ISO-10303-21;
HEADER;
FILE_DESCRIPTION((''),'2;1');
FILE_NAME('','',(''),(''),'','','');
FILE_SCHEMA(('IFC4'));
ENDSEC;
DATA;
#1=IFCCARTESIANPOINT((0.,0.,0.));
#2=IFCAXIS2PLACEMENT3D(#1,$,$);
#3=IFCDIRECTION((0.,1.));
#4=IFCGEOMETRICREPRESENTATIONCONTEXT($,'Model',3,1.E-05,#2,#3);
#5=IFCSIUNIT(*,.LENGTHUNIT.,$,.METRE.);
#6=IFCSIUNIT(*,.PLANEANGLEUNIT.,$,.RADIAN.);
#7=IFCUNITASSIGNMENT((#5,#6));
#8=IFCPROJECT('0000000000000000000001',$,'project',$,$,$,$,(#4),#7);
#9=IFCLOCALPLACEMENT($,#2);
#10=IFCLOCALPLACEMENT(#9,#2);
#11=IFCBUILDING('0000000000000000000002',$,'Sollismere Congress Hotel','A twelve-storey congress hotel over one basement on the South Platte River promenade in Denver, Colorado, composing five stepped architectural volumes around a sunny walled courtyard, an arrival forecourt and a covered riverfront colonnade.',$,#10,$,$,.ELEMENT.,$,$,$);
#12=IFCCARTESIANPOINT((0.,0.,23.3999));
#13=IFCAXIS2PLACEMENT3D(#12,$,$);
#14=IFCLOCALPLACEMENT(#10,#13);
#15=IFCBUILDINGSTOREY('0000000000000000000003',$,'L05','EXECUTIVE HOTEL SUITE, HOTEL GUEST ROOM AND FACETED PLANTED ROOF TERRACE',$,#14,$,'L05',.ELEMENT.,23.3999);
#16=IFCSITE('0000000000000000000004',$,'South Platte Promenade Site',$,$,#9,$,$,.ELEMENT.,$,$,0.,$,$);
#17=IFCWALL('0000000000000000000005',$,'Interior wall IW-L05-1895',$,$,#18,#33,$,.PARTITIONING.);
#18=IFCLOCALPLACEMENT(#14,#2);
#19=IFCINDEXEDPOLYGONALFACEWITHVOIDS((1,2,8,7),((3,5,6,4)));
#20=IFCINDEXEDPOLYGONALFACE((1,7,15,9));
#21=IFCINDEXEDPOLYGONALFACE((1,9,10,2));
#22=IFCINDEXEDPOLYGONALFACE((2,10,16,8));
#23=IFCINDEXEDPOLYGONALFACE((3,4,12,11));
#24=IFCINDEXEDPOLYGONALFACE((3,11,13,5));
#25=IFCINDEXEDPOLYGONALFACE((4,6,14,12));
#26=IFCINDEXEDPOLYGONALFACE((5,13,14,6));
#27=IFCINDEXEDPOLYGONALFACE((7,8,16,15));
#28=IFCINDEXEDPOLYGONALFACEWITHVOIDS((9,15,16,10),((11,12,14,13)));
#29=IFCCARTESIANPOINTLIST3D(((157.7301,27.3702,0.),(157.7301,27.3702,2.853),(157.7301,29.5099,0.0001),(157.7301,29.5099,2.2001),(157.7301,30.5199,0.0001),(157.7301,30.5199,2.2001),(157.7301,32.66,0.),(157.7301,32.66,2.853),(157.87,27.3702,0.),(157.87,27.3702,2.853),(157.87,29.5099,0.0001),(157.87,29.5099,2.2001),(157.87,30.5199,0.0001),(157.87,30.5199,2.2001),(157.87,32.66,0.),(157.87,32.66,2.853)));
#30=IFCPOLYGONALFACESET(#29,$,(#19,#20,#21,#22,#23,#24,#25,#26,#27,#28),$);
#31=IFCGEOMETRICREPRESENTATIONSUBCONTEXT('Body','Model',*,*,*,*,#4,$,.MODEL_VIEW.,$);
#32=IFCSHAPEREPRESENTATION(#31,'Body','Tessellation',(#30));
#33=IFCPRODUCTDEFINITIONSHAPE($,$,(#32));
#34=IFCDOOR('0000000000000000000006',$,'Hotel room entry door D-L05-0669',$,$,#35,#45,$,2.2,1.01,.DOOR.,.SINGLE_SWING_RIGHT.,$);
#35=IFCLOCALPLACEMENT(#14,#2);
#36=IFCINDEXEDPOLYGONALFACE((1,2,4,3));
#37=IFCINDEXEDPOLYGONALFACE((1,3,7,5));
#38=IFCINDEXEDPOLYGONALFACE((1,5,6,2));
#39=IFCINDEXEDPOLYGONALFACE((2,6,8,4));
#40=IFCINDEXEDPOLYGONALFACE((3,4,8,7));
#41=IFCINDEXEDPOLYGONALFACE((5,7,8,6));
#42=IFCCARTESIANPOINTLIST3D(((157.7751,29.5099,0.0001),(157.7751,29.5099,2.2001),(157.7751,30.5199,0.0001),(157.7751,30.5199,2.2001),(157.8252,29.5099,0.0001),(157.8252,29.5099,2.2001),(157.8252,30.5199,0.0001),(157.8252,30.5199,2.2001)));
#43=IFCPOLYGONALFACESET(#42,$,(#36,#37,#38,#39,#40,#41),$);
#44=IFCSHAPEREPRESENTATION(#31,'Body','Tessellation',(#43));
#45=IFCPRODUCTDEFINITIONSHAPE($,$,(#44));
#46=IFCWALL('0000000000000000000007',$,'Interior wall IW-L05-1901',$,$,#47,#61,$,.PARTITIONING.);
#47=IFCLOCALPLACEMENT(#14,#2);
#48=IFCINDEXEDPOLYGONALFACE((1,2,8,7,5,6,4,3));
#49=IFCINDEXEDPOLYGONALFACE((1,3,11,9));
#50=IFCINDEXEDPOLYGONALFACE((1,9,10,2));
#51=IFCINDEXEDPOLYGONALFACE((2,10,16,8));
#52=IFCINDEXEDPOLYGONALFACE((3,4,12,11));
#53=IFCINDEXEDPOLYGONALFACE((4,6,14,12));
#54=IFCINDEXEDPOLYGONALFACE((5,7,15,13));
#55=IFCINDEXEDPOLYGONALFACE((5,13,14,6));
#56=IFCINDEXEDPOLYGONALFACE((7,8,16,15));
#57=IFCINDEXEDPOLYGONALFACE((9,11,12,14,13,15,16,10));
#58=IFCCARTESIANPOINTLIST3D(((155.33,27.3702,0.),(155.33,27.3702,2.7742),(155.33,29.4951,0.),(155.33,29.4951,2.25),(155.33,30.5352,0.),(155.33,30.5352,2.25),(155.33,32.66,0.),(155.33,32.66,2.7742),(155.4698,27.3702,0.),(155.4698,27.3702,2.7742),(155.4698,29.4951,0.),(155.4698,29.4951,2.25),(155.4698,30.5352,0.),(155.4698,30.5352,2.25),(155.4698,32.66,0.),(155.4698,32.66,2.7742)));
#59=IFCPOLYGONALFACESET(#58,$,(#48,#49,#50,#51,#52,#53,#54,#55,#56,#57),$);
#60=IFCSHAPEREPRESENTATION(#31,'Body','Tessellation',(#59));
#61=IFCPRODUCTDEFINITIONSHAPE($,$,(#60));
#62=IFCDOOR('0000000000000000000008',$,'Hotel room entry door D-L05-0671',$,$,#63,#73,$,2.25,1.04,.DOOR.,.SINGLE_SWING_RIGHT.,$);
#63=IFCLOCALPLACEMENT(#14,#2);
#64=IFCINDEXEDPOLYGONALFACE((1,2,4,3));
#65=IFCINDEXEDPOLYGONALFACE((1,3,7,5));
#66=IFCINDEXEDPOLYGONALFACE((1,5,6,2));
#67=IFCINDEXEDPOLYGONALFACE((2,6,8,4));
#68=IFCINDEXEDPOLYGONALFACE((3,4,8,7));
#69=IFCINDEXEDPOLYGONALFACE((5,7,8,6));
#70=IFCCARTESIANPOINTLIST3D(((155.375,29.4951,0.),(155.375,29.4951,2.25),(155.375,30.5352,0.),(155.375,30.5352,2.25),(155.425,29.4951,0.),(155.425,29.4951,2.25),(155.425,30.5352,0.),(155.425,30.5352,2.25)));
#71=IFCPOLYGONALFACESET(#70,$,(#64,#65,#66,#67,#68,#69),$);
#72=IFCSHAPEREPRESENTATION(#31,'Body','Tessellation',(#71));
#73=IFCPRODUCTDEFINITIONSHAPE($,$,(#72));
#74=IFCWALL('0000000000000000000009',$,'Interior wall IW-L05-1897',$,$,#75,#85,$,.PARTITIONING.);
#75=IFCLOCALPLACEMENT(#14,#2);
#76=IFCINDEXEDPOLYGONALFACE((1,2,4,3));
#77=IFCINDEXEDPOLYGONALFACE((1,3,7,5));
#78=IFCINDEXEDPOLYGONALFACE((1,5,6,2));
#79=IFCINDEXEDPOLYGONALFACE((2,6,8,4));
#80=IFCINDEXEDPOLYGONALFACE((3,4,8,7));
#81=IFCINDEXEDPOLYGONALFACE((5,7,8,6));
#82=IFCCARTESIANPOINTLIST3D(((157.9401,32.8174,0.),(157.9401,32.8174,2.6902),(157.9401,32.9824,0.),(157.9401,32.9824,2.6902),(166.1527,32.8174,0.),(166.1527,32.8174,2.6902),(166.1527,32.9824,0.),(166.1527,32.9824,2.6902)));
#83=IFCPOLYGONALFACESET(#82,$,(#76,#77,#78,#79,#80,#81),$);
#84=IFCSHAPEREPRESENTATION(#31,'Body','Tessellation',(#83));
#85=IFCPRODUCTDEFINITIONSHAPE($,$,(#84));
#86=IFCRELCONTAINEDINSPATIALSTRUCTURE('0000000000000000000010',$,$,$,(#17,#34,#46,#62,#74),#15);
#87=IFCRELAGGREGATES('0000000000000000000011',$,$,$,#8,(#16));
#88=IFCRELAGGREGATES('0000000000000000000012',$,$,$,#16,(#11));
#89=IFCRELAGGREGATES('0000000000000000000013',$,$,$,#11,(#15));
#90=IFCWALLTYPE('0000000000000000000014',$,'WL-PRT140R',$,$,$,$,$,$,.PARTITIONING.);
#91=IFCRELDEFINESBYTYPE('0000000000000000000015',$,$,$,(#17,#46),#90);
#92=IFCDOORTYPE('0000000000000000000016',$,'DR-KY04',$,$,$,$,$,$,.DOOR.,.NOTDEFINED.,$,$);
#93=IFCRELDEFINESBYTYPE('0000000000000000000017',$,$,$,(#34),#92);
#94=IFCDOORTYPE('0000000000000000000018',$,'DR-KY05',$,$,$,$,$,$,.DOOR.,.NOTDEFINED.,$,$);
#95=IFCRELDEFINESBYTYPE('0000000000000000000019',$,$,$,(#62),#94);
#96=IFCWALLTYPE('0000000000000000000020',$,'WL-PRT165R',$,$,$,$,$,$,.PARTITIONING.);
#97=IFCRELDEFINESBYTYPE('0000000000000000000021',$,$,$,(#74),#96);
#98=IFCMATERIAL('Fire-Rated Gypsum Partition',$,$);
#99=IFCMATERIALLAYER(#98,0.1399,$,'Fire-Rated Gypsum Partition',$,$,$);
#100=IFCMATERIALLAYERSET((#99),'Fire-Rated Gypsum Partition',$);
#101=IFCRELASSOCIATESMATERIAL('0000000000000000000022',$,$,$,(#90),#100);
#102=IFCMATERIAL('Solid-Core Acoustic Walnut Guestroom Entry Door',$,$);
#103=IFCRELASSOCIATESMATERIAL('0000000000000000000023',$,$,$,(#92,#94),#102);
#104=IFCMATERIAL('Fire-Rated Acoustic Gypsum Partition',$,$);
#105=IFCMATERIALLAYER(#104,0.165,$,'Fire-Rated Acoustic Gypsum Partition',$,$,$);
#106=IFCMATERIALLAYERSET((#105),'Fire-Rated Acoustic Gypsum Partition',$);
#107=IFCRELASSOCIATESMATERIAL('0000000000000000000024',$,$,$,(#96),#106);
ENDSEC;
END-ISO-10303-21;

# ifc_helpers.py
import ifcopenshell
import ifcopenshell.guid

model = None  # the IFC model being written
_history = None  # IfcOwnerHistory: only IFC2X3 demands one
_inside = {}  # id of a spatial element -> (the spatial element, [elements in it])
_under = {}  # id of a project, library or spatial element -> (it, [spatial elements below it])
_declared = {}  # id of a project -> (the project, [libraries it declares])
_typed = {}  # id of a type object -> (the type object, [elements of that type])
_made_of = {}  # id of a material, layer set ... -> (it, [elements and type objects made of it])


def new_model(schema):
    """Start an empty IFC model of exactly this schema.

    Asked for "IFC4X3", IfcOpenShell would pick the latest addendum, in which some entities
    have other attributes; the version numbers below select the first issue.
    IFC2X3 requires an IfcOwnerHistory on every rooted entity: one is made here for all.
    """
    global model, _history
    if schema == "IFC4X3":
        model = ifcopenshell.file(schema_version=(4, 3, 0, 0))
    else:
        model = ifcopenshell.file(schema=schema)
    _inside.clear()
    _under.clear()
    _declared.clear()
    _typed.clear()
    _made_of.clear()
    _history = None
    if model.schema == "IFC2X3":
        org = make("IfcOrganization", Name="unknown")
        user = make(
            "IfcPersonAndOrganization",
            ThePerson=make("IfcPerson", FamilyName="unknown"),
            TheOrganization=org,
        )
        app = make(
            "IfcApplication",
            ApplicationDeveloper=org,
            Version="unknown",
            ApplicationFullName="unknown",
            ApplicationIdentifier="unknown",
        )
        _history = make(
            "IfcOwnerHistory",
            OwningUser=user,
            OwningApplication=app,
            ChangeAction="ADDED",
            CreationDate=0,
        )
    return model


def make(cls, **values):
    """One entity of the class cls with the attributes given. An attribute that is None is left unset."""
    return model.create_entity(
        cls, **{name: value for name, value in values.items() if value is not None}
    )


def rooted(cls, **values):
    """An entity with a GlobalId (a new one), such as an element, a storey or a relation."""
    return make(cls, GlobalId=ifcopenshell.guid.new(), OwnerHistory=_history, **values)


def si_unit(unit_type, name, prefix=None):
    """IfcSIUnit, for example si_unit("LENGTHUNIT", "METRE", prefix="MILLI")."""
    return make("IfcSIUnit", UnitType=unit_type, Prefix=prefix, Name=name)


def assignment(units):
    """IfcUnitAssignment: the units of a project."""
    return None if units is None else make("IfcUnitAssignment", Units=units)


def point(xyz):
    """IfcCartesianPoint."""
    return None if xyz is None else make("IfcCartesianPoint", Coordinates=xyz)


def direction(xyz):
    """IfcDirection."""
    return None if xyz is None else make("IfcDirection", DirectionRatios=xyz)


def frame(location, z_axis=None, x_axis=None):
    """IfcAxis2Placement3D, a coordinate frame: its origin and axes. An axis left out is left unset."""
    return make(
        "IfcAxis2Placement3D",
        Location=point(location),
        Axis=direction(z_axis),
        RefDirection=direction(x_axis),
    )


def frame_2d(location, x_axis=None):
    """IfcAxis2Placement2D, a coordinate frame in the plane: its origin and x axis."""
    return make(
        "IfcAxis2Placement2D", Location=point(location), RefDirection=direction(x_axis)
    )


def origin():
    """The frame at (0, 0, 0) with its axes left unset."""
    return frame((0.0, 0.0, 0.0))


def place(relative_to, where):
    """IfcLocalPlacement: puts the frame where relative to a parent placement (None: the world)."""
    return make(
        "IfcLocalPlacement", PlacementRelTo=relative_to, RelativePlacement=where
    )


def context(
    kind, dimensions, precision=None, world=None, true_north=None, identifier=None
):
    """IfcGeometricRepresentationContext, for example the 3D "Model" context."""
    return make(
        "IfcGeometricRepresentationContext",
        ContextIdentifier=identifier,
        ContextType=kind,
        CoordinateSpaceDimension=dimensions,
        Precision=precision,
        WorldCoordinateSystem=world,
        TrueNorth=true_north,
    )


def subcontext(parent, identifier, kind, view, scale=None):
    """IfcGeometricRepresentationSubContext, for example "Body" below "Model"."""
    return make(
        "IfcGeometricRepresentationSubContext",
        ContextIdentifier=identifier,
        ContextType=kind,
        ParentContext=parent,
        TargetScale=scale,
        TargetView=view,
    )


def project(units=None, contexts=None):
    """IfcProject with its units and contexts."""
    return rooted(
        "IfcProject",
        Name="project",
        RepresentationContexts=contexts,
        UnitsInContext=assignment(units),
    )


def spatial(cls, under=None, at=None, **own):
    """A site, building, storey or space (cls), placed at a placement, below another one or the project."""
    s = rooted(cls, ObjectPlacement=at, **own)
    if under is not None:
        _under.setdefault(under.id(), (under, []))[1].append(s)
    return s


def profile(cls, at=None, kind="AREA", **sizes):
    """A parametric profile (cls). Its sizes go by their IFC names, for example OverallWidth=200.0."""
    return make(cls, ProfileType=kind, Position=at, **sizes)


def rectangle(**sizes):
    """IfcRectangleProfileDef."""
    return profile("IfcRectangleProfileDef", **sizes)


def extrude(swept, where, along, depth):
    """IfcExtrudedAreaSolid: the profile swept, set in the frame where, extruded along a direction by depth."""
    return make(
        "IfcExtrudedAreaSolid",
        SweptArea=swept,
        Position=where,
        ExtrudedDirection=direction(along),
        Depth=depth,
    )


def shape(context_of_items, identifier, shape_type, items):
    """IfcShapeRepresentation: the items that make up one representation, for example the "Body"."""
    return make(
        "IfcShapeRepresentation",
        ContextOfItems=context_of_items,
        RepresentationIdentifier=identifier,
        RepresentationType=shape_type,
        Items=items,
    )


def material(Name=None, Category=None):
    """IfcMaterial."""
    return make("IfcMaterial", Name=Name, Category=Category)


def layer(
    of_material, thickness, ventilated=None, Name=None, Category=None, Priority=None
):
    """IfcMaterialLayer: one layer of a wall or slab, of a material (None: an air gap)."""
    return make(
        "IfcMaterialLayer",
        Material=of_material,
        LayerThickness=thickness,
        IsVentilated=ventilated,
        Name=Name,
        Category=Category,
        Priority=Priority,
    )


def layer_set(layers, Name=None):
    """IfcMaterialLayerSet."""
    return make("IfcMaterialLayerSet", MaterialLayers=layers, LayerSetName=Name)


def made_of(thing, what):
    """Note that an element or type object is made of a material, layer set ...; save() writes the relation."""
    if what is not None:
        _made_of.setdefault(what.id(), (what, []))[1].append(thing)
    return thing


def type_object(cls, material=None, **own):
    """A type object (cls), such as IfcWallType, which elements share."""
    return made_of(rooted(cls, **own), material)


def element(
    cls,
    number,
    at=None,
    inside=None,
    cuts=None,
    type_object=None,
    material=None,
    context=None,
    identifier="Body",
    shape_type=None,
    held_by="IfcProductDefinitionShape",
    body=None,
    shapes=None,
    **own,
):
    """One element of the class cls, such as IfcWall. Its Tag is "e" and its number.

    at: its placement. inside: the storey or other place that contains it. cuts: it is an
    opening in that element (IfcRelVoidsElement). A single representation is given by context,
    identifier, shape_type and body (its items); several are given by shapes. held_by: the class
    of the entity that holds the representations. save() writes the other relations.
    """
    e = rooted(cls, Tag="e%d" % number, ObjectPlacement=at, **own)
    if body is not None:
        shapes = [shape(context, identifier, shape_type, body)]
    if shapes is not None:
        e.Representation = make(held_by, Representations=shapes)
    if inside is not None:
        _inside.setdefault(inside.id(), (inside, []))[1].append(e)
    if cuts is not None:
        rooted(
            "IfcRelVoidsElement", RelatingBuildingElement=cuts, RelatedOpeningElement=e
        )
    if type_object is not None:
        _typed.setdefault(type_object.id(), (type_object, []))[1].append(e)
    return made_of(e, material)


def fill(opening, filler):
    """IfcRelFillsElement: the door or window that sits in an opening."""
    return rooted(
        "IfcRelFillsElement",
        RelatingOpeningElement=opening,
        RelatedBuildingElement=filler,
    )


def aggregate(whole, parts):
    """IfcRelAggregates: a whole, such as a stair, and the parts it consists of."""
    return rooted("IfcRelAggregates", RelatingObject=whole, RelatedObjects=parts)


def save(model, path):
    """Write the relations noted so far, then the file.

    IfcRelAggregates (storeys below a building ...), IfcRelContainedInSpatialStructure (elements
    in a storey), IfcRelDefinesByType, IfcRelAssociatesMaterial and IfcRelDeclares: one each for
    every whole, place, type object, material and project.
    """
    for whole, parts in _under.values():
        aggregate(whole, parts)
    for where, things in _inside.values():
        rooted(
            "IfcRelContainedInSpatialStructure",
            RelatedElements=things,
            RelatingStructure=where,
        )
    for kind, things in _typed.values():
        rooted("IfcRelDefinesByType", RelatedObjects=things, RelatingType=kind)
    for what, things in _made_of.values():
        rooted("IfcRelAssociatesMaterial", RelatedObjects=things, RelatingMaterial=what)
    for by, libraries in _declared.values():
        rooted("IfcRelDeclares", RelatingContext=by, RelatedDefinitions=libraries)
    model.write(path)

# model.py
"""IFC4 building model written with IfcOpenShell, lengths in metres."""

from ifc_helpers import new_model, si_unit, direction, frame, frame_2d, origin, place, context, subcontext, project, spatial, rectangle, extrude, material, layer, layer_set, type_object, element, fill, save


model = new_model("IFC4")

# Units and contexts
model_context = context("Model", 3, precision=1e-05, world=origin(), true_north=direction((0.0, 1.0)))
body_context = subcontext(model_context, "Body", "Model", "MODEL_VIEW")
ifc_project = project(units=[si_unit("LENGTHUNIT", "METRE"), si_unit("PLANEANGLEUNIT", "RADIAN")], contexts=[model_context])

# Site, building, storey
site_placement = place(None, origin())
site = spatial("IfcSite", under=ifc_project, at=site_placement, Name="South Platte Promenade Site", CompositionType="ELEMENT", RefElevation=0.0)
building_placement = place(site_placement, origin())
building = spatial("IfcBuilding", under=site, at=building_placement, Name="Sollismere Congress Hotel", Description="A twelve-storey congress hotel over one basement on the South Platte River promenade in Denver, Colorado, composing five stepped architectural volumes around a sunny walled courtyard, an arrival forecourt and a covered riverfront colonnade.", CompositionType="ELEMENT")
storey_placement = place(building_placement, frame((0.0, 0.0, 23.3999)))
storey = spatial("IfcBuildingStorey", under=building, at=storey_placement, Name="L05", Description="EXECUTIVE HOTEL SUITE, HOTEL GUEST ROOM AND FACETED PLANTED ROOF TERRACE", LongName="L05", CompositionType="ELEMENT", Elevation=23.3999)

# Walls, openings, doors
ifc_material_1 = material(Name="Fire-Rated Gypsum Partition")
ifc_layer_1 = layer(ifc_material_1, 0.1399, Name="Fire-Rated Gypsum Partition")
ifc_layer_set_1 = layer_set([ifc_layer_1], Name="Fire-Rated Gypsum Partition")
wall_type_1 = type_object("IfcWallType", Name="WL-PRT140R", PredefinedType="PARTITIONING", material=ifc_layer_set_1)
wall_1_placement = place(storey_placement, frame((157.8, 27.3701, 0.0), z_axis=(0.0, 0.0, 1.0), x_axis=(0.0, 1.0, 0.0)))
wall_1 = element("IfcWall", 1, at=wall_1_placement, inside=storey, type_object=wall_type_1, Name="Interior wall IW-L05-1895", PredefinedType="PARTITIONING", context=body_context, shape_type="SweptSolid", body=[
    extrude(rectangle(XDim=5.2898, YDim=0.1399, at=frame_2d((2.645, 0.0))), origin(), (0.0, 0.0, 1.0), 2.853),
])
opening_1_placement = place(wall_1_placement, frame((2.1399, 0.0, 0.0)))
opening_1 = element("IfcOpeningElement", 2, at=opening_1_placement, cuts=wall_1, PredefinedType="OPENING", context=body_context, shape_type="SweptSolid", body=[
    extrude(rectangle(XDim=1.01, YDim=2.2, at=frame_2d((0.5049, 1.1001))), frame((0.0, 0.0798, 0.0), z_axis=(0.0, -1.0, 0.0), x_axis=(1.0, 0.0, 0.0)), (0.0, 0.0, 1.0), 0.1599),
])
ifc_material_2 = material(Name="Solid-Core Acoustic Walnut Guestroom Entry Door")
door_type_1 = type_object("IfcDoorType", Name="DR-KY04", OperationType="NOTDEFINED", PredefinedType="DOOR", material=ifc_material_2)
door_1_placement = place(opening_1_placement, origin())
door_1 = element("IfcDoor", 3, at=door_1_placement, inside=storey, type_object=door_type_1, Name="Hotel room entry door D-L05-0669", OperationType="SINGLE_SWING_RIGHT", OverallHeight=2.2, OverallWidth=1.01, PredefinedType="DOOR", context=body_context, shape_type="SweptSolid", body=[
    extrude(rectangle(XDim=1.01, YDim=2.2, at=frame_2d((0.5049, 1.1001))), frame((0.0, 0.0249, 0.0), z_axis=(0.0, -1.0, 0.0), x_axis=(1.0, 0.0, 0.0)), (0.0, 0.0, 1.0), 0.05),
])
fill(opening_1, door_1)
wall_2_placement = place(storey_placement, frame((155.3999, 27.3701, 0.0), z_axis=(0.0, 0.0, 1.0), x_axis=(0.0, 1.0, 0.0)))
wall_2 = element("IfcWall", 4, at=wall_2_placement, inside=storey, type_object=wall_type_1, Name="Interior wall IW-L05-1901", PredefinedType="PARTITIONING", context=body_context, shape_type="SweptSolid", body=[
    extrude(rectangle(XDim=5.2898, YDim=0.1399, at=frame_2d((2.645, 0.0))), origin(), (0.0, 0.0, 1.0), 2.7742),
])
opening_2_placement = place(wall_2_placement, frame((2.125, 0.0, 0.0)))
opening_2 = element("IfcOpeningElement", 5, at=opening_2_placement, cuts=wall_2, PredefinedType="OPENING", context=body_context, shape_type="SweptSolid", body=[
    extrude(rectangle(XDim=1.04, YDim=2.25, at=frame_2d((0.52, 1.125))), frame((0.0, 0.0798, 0.0), z_axis=(0.0, -1.0, 0.0), x_axis=(1.0, 0.0, 0.0)), (0.0, 0.0, 1.0), 0.1599),
])
door_type_2 = type_object("IfcDoorType", Name="DR-KY05", OperationType="NOTDEFINED", PredefinedType="DOOR", material=ifc_material_2)
door_2_placement = place(opening_2_placement, origin())
door_2 = element("IfcDoor", 6, at=door_2_placement, inside=storey, type_object=door_type_2, Name="Hotel room entry door D-L05-0671", OperationType="SINGLE_SWING_RIGHT", OverallHeight=2.25, OverallWidth=1.04, PredefinedType="DOOR", context=body_context, shape_type="SweptSolid", body=[
    extrude(rectangle(XDim=1.04, YDim=2.25, at=frame_2d((0.52, 1.125))), frame((0.0, 0.0249, 0.0), z_axis=(0.0, -1.0, 0.0), x_axis=(1.0, 0.0, 0.0)), (0.0, 0.0, 1.0), 0.05),
])
fill(opening_2, door_2)

# Wall
ifc_material_3 = material(Name="Fire-Rated Acoustic Gypsum Partition")
ifc_layer_2 = layer(ifc_material_3, 0.165, Name="Fire-Rated Acoustic Gypsum Partition")
ifc_layer_set_2 = layer_set([ifc_layer_2], Name="Fire-Rated Acoustic Gypsum Partition")
wall_type_2 = type_object("IfcWallType", Name="WL-PRT165R", PredefinedType="PARTITIONING", material=ifc_layer_set_2)
wall_3_placement = place(storey_placement, frame((157.9399, 32.8999, 0.0), z_axis=(0.0, 0.0, 1.0), x_axis=(1.0, 0.0, 0.0)))
element("IfcWall", 7, at=wall_3_placement, inside=storey, type_object=wall_type_2, Name="Interior wall IW-L05-1897", PredefinedType="PARTITIONING", context=body_context, shape_type="SweptSolid", body=[
    extrude(rectangle(XDim=8.2126, YDim=0.165, at=frame_2d((4.1064, 0.0))), origin(), (0.0, 0.0, 1.0), 2.6902),
])

save(model, "model.ifc")
